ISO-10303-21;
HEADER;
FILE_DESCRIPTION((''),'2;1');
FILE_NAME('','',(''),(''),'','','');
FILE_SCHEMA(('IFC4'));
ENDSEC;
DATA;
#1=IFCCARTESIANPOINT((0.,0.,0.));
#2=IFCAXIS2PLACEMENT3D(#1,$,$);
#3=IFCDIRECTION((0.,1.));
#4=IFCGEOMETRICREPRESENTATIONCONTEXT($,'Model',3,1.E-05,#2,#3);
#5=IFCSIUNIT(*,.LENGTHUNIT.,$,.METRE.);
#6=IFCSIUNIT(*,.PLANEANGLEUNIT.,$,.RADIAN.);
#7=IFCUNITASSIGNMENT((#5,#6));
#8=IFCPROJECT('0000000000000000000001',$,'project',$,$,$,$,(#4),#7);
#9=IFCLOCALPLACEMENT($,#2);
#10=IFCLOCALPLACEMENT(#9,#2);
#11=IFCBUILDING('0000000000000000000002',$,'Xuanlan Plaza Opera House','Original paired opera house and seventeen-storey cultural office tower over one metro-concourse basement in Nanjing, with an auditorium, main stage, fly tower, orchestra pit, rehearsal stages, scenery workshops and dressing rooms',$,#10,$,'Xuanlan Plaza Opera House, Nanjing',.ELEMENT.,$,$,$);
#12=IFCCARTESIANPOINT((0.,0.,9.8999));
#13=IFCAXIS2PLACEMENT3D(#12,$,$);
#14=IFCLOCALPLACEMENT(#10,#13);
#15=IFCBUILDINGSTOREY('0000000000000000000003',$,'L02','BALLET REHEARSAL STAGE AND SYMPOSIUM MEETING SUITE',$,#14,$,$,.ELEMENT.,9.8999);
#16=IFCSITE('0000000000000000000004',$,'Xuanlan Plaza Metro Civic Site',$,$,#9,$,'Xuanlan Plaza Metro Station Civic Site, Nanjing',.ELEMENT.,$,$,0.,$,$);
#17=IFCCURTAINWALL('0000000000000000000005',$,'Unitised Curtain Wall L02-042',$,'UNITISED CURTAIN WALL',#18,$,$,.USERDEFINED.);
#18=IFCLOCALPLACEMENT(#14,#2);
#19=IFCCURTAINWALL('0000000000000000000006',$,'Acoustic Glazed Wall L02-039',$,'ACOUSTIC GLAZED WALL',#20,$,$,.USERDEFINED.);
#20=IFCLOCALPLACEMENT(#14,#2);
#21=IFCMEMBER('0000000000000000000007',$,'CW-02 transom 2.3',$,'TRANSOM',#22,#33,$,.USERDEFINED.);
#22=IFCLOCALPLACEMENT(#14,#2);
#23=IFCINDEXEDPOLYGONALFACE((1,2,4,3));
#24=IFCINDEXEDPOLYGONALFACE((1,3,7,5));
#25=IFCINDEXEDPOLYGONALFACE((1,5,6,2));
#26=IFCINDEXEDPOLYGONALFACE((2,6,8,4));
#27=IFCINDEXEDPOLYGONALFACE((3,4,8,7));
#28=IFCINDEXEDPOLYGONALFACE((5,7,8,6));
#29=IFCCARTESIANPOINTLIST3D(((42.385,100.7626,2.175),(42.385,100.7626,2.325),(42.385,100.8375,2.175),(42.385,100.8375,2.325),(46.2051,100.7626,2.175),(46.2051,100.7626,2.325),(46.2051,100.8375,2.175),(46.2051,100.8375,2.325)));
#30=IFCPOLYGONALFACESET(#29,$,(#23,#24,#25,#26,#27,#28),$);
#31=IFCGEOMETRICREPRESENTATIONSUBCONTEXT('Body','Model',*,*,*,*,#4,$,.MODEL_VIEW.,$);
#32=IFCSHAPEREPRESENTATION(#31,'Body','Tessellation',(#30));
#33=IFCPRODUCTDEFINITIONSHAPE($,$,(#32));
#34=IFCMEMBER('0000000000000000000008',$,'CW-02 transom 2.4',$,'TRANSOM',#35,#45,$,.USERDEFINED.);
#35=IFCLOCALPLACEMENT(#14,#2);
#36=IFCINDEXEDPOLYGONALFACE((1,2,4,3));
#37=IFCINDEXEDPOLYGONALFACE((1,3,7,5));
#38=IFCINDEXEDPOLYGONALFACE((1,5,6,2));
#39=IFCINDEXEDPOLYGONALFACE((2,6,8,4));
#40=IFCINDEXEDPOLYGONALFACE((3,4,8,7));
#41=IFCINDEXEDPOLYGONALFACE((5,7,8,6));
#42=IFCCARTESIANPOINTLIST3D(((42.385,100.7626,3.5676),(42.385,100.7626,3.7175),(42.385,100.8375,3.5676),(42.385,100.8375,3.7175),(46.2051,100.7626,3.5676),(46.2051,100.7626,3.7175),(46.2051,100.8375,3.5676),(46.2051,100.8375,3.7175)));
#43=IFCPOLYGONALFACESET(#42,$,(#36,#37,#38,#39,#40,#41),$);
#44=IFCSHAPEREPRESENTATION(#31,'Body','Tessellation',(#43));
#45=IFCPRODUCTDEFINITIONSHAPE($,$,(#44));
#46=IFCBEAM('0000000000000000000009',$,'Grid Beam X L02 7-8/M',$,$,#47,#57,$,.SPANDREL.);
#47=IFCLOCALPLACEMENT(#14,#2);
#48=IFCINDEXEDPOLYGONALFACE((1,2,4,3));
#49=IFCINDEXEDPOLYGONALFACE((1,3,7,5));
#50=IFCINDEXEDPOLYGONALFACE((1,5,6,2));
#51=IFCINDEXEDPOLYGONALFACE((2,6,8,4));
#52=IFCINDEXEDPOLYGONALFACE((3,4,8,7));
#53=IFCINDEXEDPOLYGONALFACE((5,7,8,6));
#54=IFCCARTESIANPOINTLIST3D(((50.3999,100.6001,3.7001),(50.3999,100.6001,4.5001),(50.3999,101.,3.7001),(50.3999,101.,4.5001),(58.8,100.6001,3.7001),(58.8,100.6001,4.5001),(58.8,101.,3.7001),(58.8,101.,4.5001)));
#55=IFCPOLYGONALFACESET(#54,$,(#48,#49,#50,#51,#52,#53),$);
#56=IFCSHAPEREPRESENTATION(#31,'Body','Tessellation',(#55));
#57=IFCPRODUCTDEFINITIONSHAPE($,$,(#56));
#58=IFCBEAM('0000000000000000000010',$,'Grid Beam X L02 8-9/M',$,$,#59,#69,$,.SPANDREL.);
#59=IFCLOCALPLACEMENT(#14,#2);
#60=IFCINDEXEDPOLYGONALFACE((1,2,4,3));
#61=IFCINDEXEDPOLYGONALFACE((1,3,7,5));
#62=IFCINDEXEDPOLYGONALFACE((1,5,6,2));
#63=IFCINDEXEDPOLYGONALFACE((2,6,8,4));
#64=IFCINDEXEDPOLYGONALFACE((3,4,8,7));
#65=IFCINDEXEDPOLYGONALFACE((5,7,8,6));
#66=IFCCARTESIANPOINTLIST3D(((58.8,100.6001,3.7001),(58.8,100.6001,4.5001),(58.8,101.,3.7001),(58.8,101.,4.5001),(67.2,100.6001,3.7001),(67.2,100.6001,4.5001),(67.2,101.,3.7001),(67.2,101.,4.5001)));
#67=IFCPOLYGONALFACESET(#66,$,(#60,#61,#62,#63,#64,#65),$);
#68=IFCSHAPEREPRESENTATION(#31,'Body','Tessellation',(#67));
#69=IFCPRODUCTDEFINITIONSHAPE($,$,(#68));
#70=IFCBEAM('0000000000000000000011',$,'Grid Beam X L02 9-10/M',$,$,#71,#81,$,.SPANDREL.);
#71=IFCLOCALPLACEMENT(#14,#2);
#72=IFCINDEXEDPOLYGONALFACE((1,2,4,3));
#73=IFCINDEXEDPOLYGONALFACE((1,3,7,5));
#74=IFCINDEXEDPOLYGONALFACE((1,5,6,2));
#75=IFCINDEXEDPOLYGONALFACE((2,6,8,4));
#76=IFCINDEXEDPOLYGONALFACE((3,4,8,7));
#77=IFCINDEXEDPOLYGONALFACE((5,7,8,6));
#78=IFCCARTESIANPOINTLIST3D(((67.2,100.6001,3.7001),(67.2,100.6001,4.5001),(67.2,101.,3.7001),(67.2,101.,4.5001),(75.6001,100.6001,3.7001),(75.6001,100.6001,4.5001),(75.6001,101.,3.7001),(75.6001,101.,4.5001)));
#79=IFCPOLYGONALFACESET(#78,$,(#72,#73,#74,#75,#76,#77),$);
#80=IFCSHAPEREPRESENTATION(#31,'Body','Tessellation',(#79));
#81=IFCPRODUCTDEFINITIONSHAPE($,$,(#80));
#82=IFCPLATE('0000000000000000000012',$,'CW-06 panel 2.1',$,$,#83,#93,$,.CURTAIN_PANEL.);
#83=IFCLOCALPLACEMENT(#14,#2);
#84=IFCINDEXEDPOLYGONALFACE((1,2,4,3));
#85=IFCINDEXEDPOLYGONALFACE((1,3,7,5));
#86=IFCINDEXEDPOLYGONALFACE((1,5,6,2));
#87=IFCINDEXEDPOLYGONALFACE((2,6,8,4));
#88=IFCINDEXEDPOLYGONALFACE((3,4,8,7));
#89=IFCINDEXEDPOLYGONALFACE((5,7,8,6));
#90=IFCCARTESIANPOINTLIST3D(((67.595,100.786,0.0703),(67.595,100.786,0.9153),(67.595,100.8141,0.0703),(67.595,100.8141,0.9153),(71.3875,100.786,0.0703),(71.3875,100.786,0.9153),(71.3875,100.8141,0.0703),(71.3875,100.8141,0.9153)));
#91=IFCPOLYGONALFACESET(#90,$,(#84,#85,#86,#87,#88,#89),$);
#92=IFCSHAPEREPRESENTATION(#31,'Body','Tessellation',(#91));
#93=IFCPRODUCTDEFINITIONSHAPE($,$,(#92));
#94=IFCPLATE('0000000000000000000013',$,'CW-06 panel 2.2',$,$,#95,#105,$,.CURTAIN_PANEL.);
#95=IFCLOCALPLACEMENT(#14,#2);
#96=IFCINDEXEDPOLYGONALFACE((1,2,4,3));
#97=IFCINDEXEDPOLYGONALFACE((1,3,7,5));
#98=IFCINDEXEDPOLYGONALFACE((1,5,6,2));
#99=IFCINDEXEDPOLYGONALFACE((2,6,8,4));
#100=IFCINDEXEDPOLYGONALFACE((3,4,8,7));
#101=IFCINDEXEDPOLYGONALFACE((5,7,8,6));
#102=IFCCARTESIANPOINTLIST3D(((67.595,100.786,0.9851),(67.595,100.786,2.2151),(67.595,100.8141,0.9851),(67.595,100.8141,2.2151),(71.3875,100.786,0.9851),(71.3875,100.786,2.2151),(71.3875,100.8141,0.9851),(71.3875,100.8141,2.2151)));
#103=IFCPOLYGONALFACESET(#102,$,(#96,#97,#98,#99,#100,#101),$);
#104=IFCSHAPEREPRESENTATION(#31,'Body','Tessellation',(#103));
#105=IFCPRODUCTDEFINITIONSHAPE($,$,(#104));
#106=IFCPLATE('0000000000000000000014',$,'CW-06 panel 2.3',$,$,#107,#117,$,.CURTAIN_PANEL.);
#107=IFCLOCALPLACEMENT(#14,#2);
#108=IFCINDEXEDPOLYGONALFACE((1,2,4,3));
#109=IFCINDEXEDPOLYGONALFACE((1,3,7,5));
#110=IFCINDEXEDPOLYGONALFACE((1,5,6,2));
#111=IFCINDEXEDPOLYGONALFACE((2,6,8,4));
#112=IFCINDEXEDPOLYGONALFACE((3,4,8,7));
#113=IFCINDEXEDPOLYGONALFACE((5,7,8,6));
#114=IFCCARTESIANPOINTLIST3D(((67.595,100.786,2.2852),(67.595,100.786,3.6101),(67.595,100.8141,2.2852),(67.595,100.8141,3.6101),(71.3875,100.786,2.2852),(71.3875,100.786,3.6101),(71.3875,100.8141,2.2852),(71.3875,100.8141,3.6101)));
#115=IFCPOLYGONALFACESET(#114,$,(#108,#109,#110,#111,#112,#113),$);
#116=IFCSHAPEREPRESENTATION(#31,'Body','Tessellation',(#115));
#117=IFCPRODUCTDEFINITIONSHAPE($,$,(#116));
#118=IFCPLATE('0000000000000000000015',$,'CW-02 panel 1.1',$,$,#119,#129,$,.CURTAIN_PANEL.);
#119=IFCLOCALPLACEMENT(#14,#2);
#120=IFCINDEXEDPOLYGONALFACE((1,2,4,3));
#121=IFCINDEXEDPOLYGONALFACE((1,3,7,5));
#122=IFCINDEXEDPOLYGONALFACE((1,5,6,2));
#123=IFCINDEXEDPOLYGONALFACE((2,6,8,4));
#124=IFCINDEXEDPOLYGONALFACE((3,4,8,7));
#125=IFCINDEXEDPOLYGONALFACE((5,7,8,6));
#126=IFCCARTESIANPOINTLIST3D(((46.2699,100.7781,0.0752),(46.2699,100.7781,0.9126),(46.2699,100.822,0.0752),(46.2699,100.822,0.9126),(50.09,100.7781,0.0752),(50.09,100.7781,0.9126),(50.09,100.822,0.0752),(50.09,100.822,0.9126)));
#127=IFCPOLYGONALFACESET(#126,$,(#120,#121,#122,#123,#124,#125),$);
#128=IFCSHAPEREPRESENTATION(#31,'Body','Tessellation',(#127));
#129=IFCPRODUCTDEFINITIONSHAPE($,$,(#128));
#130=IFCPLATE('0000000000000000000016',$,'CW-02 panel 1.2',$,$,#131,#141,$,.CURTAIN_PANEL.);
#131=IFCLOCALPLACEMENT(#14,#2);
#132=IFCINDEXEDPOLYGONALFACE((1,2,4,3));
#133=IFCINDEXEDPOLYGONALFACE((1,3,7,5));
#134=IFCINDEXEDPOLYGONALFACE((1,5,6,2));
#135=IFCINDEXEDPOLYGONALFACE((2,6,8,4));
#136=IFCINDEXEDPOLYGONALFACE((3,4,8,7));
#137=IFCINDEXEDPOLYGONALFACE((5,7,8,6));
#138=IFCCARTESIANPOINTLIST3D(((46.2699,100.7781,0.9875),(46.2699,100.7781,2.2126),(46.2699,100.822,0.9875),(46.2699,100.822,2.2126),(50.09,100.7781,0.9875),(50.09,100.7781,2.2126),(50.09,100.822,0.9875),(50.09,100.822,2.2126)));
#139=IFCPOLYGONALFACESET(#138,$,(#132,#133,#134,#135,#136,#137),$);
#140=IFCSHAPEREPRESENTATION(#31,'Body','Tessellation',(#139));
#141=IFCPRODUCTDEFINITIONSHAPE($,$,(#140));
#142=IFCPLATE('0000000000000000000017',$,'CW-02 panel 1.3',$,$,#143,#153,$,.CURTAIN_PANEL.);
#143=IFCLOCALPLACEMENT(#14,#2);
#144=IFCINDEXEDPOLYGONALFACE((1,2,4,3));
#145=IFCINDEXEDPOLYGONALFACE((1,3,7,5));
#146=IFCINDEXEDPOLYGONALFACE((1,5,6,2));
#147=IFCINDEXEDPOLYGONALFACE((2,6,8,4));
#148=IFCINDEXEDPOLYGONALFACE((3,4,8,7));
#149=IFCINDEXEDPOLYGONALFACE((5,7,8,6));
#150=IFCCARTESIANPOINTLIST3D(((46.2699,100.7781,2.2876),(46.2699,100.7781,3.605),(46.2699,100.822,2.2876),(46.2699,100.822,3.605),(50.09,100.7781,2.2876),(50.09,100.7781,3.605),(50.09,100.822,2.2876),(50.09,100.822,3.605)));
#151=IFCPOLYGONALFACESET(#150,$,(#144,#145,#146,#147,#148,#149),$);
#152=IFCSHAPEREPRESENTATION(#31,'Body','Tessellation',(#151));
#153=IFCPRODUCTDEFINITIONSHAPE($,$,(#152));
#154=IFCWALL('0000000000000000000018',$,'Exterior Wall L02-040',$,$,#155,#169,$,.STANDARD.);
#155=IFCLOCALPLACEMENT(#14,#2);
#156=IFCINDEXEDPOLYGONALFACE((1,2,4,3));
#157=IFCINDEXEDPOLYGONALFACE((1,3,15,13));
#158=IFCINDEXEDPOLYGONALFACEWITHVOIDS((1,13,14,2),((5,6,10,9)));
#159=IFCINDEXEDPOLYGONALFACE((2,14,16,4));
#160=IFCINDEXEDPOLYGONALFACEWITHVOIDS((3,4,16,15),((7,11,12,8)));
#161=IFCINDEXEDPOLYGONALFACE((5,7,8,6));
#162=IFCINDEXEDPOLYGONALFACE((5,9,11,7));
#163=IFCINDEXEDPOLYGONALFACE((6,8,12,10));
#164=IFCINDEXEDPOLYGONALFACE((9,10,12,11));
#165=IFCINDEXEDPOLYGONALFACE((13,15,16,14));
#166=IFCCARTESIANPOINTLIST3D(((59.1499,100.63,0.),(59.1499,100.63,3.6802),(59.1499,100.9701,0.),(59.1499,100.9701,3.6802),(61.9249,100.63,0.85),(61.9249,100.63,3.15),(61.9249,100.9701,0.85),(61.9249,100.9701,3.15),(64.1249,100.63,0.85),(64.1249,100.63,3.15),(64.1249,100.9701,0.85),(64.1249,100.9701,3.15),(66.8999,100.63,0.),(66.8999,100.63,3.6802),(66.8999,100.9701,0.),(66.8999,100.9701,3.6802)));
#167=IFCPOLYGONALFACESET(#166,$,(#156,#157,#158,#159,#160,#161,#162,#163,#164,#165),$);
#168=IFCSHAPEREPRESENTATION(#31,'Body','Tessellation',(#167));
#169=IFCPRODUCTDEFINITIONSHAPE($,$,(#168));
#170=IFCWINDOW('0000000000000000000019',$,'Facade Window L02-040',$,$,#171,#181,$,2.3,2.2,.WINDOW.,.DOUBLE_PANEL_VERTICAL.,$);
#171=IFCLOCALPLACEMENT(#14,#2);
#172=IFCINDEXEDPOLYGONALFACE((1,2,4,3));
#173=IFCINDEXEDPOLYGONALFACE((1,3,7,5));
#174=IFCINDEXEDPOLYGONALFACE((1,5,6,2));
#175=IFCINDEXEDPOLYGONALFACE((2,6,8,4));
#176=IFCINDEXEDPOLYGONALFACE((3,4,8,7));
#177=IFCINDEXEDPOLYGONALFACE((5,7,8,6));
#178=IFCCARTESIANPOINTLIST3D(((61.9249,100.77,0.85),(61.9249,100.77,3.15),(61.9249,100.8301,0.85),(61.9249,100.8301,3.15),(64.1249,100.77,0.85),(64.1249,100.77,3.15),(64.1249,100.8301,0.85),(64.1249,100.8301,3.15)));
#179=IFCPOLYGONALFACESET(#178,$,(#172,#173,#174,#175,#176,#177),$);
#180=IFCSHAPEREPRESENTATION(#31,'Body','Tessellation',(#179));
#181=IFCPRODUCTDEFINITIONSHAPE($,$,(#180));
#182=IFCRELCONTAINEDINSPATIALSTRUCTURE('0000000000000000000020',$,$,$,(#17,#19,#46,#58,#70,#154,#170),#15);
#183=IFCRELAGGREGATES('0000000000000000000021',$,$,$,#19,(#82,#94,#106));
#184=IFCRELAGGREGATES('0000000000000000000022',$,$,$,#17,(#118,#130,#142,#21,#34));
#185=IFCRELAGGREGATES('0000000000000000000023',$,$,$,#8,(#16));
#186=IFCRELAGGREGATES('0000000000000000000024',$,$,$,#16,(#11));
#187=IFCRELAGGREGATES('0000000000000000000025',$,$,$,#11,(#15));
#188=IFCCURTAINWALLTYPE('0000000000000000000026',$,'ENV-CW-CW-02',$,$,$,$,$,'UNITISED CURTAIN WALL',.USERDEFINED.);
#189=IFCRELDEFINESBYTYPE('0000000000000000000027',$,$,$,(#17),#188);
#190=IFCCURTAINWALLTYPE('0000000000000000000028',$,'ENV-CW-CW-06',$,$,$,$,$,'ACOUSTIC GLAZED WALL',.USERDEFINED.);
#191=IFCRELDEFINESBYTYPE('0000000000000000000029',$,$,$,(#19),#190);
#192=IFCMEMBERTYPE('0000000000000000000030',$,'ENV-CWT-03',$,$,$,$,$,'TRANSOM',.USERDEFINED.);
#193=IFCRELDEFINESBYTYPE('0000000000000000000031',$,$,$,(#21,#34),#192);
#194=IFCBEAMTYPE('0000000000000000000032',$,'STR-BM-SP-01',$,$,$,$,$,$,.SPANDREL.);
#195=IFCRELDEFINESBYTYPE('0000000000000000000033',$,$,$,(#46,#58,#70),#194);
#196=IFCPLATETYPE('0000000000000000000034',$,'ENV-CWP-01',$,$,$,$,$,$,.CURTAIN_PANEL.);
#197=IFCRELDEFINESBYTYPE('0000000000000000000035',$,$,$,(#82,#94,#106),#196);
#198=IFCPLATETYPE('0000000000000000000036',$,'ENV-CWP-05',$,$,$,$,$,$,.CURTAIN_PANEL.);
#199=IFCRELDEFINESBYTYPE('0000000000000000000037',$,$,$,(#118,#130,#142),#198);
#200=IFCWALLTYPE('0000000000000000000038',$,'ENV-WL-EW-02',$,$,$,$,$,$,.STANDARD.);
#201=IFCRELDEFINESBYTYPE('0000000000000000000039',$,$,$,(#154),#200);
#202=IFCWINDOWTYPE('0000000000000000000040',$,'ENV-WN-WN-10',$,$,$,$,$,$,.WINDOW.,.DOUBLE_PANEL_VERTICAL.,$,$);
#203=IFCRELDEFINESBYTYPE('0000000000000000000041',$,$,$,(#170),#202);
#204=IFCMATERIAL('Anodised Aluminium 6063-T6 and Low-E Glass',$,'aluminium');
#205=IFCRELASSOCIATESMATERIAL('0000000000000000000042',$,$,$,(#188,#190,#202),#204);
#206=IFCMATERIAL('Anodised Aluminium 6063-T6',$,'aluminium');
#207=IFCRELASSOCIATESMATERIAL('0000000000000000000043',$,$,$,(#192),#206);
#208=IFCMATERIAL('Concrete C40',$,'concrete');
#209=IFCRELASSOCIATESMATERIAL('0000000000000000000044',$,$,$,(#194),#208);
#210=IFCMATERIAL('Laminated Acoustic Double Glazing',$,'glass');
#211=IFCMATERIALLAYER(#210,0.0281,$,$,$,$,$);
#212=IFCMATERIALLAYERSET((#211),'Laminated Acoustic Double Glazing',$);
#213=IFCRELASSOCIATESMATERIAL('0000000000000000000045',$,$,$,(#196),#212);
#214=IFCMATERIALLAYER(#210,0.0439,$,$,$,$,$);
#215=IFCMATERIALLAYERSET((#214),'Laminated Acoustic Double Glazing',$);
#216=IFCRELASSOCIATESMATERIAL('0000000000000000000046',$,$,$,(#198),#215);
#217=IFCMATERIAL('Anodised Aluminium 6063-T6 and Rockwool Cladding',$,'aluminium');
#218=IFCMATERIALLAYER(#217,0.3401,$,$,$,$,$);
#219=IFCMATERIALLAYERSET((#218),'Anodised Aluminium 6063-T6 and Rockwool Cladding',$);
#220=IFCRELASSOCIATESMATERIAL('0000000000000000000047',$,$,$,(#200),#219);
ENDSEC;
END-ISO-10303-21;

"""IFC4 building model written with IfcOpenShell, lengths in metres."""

from ifc_helpers import new_model, si_unit, direction, frame, frame_2d, origin, origin_2d, place, context, subcontext, project, spatial, rectangle, extrude, material, layer, layer_set, material_profile, profile_set, type_object, element, fill, aggregate, save


model = new_model("IFC4")

# Units and contexts
model_context = context("Model", 3, precision=1e-05, world=origin(), true_north=direction((0.0, 1.0)))
body_context = subcontext(model_context, "Body", "Model", "MODEL_VIEW")
ifc_project = project(units=[si_unit("LENGTHUNIT", "METRE"), si_unit("PLANEANGLEUNIT", "RADIAN")], contexts=[model_context])

# Site, building, storey
site_placement = place(None, origin())
site = spatial("IfcSite", under=ifc_project, at=site_placement, Name="Xuanlan Plaza Metro Civic Site", LongName="Xuanlan Plaza Metro Station Civic Site, Nanjing", CompositionType="ELEMENT", RefElevation=0.0)
building_placement = place(site_placement, origin())
building = spatial("IfcBuilding", under=site, at=building_placement, Name="Xuanlan Plaza Opera House", Description="Original paired opera house and seventeen-storey cultural office tower over one metro-concourse basement in Nanjing, with an auditorium, main stage, fly tower, orchestra pit, rehearsal stages, scenery workshops and dressing rooms", LongName="Xuanlan Plaza Opera House, Nanjing", CompositionType="ELEMENT")
storey_placement = place(building_placement, frame((0.0, 0.0, 9.8999)))
storey = spatial("IfcBuildingStorey", under=building, at=storey_placement, Name="L02", Description="BALLET REHEARSAL STAGE AND SYMPOSIUM MEETING SUITE", CompositionType="ELEMENT", Elevation=9.8999)

# Shared definitions
ifc_material_1 = material(Name="Concrete C40", Category="concrete")

# Curtain walls
ifc_material_2 = material(Name="Anodised Aluminium 6063-T6 and Low-E Glass", Category="aluminium")
curtain_wall_type_1 = type_object("IfcCurtainWallType", Name="ENV-CW-CW-02", ElementType="UNITISED CURTAIN WALL", PredefinedType="USERDEFINED", material=ifc_material_2)
curtain_wall_1_placement = place(storey_placement, origin())
curtain_wall_1 = element("IfcCurtainWall", 1, at=curtain_wall_1_placement, inside=storey, type_object=curtain_wall_type_1, Name="Unitised Curtain Wall L02-042", ObjectType="UNITISED CURTAIN WALL", PredefinedType="USERDEFINED")
ifc_material_3 = material(Name="Anodised Aluminium 6063-T6", Category="aluminium")
curtain_wall_type_2 = type_object("IfcCurtainWallType", Name="ENV-CW-CW-06", ElementType="ACOUSTIC GLAZED WALL", PredefinedType="USERDEFINED", material=ifc_material_2)
curtain_wall_2_placement = place(storey_placement, origin())
curtain_wall_2 = element("IfcCurtainWall", 2, at=curtain_wall_2_placement, inside=storey, type_object=curtain_wall_type_2, Name="Acoustic Glazed Wall L02-039", ObjectType="ACOUSTIC GLAZED WALL", PredefinedType="USERDEFINED")

# Members
ifc_material_profile_1 = material_profile(ifc_material_3, rectangle(XDim=0.075, YDim=0.1499, at=origin_2d()), Name="ALU-T 75x150")
ifc_profile_set_1 = profile_set([ifc_material_profile_1], Name="Anodised Aluminium 6063-T6")
member_type_1 = type_object("IfcMemberType", Name="ENV-CWT-03", ElementType="TRANSOM", PredefinedType="USERDEFINED", material=ifc_profile_set_1)
member_1_placement = place(storey_placement, frame((46.2051, 100.8, 2.25), z_axis=(-1.0, 0.0, 0.0), x_axis=(0.0, -1.0, 0.0)))
member_1 = element("IfcMember", 3, at=member_1_placement, type_object=member_type_1, Name="CW-02 transom 2.3", ObjectType="TRANSOM", PredefinedType="USERDEFINED", context=body_context, shape_type="SweptSolid", body=[
    extrude(rectangle(XDim=0.075, YDim=0.1499, at=origin_2d()), origin(), (0.0, 0.0, 1.0), 3.8201),
])
member_2_placement = place(storey_placement, frame((46.2051, 100.8, 3.6426), z_axis=(-1.0, 0.0, 0.0), x_axis=(0.0, -1.0, 0.0)))
member_2 = element("IfcMember", 4, at=member_2_placement, type_object=member_type_1, Name="CW-02 transom 2.4", ObjectType="TRANSOM", PredefinedType="USERDEFINED", context=body_context, shape_type="SweptSolid", body=[
    extrude(rectangle(XDim=0.075, YDim=0.1499, at=origin_2d()), origin(), (0.0, 0.0, 1.0), 3.8201),
])

# Beams
ifc_material_profile_2 = material_profile(ifc_material_1, rectangle(XDim=0.3999, YDim=0.8, at=origin_2d()), Name="RC-SPD 400x800")
ifc_profile_set_2 = profile_set([ifc_material_profile_2], Name="Concrete C40")
beam_type = type_object("IfcBeamType", Name="STR-BM-SP-01", PredefinedType="SPANDREL", material=ifc_profile_set_2)
beam_1_placement = place(storey_placement, frame((50.3999, 100.8, 4.1001), z_axis=(1.0, 0.0, 0.0), x_axis=(0.0, 1.0, 0.0)))
element("IfcBeam", 5, at=beam_1_placement, inside=storey, type_object=beam_type, Name="Grid Beam X L02 7-8/M", PredefinedType="SPANDREL", context=body_context, shape_type="SweptSolid", body=[
    extrude(rectangle(XDim=0.3999, YDim=0.8, at=origin_2d()), origin(), (0.0, 0.0, 1.0), 8.4001),
])
beam_2_placement = place(storey_placement, frame((58.8, 100.8, 4.1001), z_axis=(1.0, 0.0, 0.0), x_axis=(0.0, 1.0, 0.0)))
element("IfcBeam", 6, at=beam_2_placement, inside=storey, type_object=beam_type, Name="Grid Beam X L02 8-9/M", PredefinedType="SPANDREL", context=body_context, shape_type="SweptSolid", body=[
    extrude(rectangle(XDim=0.3999, YDim=0.8, at=origin_2d()), origin(), (0.0, 0.0, 1.0), 8.3999),
])
beam_3_placement = place(storey_placement, frame((67.2, 100.8, 4.1001), z_axis=(1.0, 0.0, 0.0), x_axis=(0.0, 1.0, 0.0)))
element("IfcBeam", 7, at=beam_3_placement, inside=storey, type_object=beam_type, Name="Grid Beam X L02 9-10/M", PredefinedType="SPANDREL", context=body_context, shape_type="SweptSolid", body=[
    extrude(rectangle(XDim=0.3999, YDim=0.8, at=origin_2d()), origin(), (0.0, 0.0, 1.0), 8.4001),
])

# Plates
ifc_material_4 = material(Name="Laminated Acoustic Double Glazing", Category="glass")
ifc_layer_1 = layer(ifc_material_4, 0.0281)
ifc_layer_set_1 = layer_set([ifc_layer_1], Name="Laminated Acoustic Double Glazing")
plate_type_1 = type_object("IfcPlateType", Name="ENV-CWP-01", PredefinedType="CURTAIN_PANEL", material=ifc_layer_set_1)
plate_1_placement = place(storey_placement, frame((69.4912, 100.8, 0.0703), z_axis=(0.0, 0.0, 1.0), x_axis=(-1.0, 0.0, 0.0)))
plate_1 = element("IfcPlate", 8, at=plate_1_placement, type_object=plate_type_1, Name="CW-06 panel 2.1", PredefinedType="CURTAIN_PANEL", context=body_context, shape_type="SweptSolid", body=[
    extrude(rectangle(XDim=3.7925, YDim=0.0281, at=origin_2d()), origin(), (0.0, 0.0, 1.0), 0.845),
])
plate_2_placement = place(storey_placement, frame((69.4912, 100.8, 0.9851), z_axis=(0.0, 0.0, 1.0), x_axis=(-1.0, 0.0, 0.0)))
plate_2 = element("IfcPlate", 9, at=plate_2_placement, type_object=plate_type_1, Name="CW-06 panel 2.2", PredefinedType="CURTAIN_PANEL", context=body_context, shape_type="SweptSolid", body=[
    extrude(rectangle(XDim=3.7925, YDim=0.0281, at=origin_2d()), origin(), (0.0, 0.0, 1.0), 1.23),
])
plate_3_placement = place(storey_placement, frame((69.4912, 100.8, 2.2852), z_axis=(0.0, 0.0, 1.0), x_axis=(-1.0, 0.0, 0.0)))
plate_3 = element("IfcPlate", 10, at=plate_3_placement, type_object=plate_type_1, Name="CW-06 panel 2.3", PredefinedType="CURTAIN_PANEL", context=body_context, shape_type="SweptSolid", body=[
    extrude(rectangle(XDim=3.7925, YDim=0.0281, at=origin_2d()), origin(), (0.0, 0.0, 1.0), 1.325),
])
aggregate(curtain_wall_2, [plate_1, plate_2, plate_3])
ifc_layer_2 = layer(ifc_material_4, 0.0439)
ifc_layer_set_2 = layer_set([ifc_layer_2], Name="Laminated Acoustic Double Glazing")
plate_type_2 = type_object("IfcPlateType", Name="ENV-CWP-05", PredefinedType="CURTAIN_PANEL", material=ifc_layer_set_2)
plate_4_placement = place(storey_placement, frame((48.1799, 100.8, 0.0752), z_axis=(0.0, 0.0, 1.0), x_axis=(-1.0, 0.0, 0.0)))
plate_4 = element("IfcPlate", 11, at=plate_4_placement, type_object=plate_type_2, Name="CW-02 panel 1.1", PredefinedType="CURTAIN_PANEL", context=body_context, shape_type="SweptSolid", body=[
    extrude(rectangle(XDim=3.8201, YDim=0.0439, at=origin_2d()), origin(), (0.0, 0.0, 1.0), 0.8374),
])
plate_5_placement = place(storey_placement, frame((48.1799, 100.8, 0.9875), z_axis=(0.0, 0.0, 1.0), x_axis=(-1.0, 0.0, 0.0)))
plate_5 = element("IfcPlate", 12, at=plate_5_placement, type_object=plate_type_2, Name="CW-02 panel 1.2", PredefinedType="CURTAIN_PANEL", context=body_context, shape_type="SweptSolid", body=[
    extrude(rectangle(XDim=3.8201, YDim=0.0439, at=origin_2d()), origin(), (0.0, 0.0, 1.0), 1.2251),
])
plate_6_placement = place(storey_placement, frame((48.1799, 100.8, 2.2876), z_axis=(0.0, 0.0, 1.0), x_axis=(-1.0, 0.0, 0.0)))
plate_6 = element("IfcPlate", 13, at=plate_6_placement, type_object=plate_type_2, Name="CW-02 panel 1.3", PredefinedType="CURTAIN_PANEL", context=body_context, shape_type="SweptSolid", body=[
    extrude(rectangle(XDim=3.8201, YDim=0.0439, at=origin_2d()), origin(), (0.0, 0.0, 1.0), 1.3174),
])
aggregate(curtain_wall_1, [plate_4, plate_5, plate_6, member_1, member_2])

# Wall, opening, window
ifc_material_5 = material(Name="Anodised Aluminium 6063-T6 and Rockwool Cladding", Category="aluminium")
ifc_layer_3 = layer(ifc_material_5, 0.3401)
ifc_layer_set_3 = layer_set([ifc_layer_3], Name="Anodised Aluminium 6063-T6 and Rockwool Cladding")
wall_type_1 = type_object("IfcWallType", Name="ENV-WL-EW-02", PredefinedType="STANDARD", material=ifc_layer_set_3)
wall_1_placement = place(storey_placement, frame((66.8999, 100.8, 0.0), z_axis=(0.0, 0.0, 1.0), x_axis=(-1.0, 0.0, 0.0)))
wall_1 = element("IfcWall", 14, at=wall_1_placement, inside=storey, type_object=wall_type_1, Name="Exterior Wall L02-040", PredefinedType="STANDARD", context=body_context, shape_type="SweptSolid", body=[
    extrude(rectangle(XDim=7.75, YDim=0.3401, at=frame_2d((3.875, 0.0))), origin(), (0.0, 0.0, 1.0), 3.6802),
])
opening_1_placement = place(wall_1_placement, frame((2.7749, 0.0, 0.8501)))
opening_1 = element("IfcOpeningElement", 15, at=opening_1_placement, cuts=wall_1, PredefinedType="OPENING", context=body_context, shape_type="SweptSolid", body=[
    extrude(rectangle(XDim=2.2, YDim=2.3, at=frame_2d((1.1001, 1.1499))), frame((0.0, 0.1799, 0.0), z_axis=(0.0, -1.0, 0.0), x_axis=(1.0, 0.0, 0.0)), (0.0, 0.0, 1.0), 0.3601),
])
window_type_1 = type_object("IfcWindowType", Name="ENV-WN-WN-10", PartitioningType="DOUBLE_PANEL_VERTICAL", PredefinedType="WINDOW", material=ifc_material_2)
window_1_placement = place(opening_1_placement, origin())
window_1 = element("IfcWindow", 16, at=window_1_placement, inside=storey, type_object=window_type_1, Name="Facade Window L02-040", OverallHeight=2.3, OverallWidth=2.2, PartitioningType="DOUBLE_PANEL_VERTICAL", PredefinedType="WINDOW", context=body_context, shape_type="SweptSolid", body=[
    extrude(rectangle(XDim=2.2, YDim=2.3, at=frame_2d((1.1001, 1.1499))), frame((0.0, 0.03, 0.0), z_axis=(0.0, -1.0, 0.0), x_axis=(1.0, 0.0, 0.0)), (0.0, 0.0, 1.0), 0.0601),
])
fill(opening_1, window_1)

save(model, "model.ifc")
